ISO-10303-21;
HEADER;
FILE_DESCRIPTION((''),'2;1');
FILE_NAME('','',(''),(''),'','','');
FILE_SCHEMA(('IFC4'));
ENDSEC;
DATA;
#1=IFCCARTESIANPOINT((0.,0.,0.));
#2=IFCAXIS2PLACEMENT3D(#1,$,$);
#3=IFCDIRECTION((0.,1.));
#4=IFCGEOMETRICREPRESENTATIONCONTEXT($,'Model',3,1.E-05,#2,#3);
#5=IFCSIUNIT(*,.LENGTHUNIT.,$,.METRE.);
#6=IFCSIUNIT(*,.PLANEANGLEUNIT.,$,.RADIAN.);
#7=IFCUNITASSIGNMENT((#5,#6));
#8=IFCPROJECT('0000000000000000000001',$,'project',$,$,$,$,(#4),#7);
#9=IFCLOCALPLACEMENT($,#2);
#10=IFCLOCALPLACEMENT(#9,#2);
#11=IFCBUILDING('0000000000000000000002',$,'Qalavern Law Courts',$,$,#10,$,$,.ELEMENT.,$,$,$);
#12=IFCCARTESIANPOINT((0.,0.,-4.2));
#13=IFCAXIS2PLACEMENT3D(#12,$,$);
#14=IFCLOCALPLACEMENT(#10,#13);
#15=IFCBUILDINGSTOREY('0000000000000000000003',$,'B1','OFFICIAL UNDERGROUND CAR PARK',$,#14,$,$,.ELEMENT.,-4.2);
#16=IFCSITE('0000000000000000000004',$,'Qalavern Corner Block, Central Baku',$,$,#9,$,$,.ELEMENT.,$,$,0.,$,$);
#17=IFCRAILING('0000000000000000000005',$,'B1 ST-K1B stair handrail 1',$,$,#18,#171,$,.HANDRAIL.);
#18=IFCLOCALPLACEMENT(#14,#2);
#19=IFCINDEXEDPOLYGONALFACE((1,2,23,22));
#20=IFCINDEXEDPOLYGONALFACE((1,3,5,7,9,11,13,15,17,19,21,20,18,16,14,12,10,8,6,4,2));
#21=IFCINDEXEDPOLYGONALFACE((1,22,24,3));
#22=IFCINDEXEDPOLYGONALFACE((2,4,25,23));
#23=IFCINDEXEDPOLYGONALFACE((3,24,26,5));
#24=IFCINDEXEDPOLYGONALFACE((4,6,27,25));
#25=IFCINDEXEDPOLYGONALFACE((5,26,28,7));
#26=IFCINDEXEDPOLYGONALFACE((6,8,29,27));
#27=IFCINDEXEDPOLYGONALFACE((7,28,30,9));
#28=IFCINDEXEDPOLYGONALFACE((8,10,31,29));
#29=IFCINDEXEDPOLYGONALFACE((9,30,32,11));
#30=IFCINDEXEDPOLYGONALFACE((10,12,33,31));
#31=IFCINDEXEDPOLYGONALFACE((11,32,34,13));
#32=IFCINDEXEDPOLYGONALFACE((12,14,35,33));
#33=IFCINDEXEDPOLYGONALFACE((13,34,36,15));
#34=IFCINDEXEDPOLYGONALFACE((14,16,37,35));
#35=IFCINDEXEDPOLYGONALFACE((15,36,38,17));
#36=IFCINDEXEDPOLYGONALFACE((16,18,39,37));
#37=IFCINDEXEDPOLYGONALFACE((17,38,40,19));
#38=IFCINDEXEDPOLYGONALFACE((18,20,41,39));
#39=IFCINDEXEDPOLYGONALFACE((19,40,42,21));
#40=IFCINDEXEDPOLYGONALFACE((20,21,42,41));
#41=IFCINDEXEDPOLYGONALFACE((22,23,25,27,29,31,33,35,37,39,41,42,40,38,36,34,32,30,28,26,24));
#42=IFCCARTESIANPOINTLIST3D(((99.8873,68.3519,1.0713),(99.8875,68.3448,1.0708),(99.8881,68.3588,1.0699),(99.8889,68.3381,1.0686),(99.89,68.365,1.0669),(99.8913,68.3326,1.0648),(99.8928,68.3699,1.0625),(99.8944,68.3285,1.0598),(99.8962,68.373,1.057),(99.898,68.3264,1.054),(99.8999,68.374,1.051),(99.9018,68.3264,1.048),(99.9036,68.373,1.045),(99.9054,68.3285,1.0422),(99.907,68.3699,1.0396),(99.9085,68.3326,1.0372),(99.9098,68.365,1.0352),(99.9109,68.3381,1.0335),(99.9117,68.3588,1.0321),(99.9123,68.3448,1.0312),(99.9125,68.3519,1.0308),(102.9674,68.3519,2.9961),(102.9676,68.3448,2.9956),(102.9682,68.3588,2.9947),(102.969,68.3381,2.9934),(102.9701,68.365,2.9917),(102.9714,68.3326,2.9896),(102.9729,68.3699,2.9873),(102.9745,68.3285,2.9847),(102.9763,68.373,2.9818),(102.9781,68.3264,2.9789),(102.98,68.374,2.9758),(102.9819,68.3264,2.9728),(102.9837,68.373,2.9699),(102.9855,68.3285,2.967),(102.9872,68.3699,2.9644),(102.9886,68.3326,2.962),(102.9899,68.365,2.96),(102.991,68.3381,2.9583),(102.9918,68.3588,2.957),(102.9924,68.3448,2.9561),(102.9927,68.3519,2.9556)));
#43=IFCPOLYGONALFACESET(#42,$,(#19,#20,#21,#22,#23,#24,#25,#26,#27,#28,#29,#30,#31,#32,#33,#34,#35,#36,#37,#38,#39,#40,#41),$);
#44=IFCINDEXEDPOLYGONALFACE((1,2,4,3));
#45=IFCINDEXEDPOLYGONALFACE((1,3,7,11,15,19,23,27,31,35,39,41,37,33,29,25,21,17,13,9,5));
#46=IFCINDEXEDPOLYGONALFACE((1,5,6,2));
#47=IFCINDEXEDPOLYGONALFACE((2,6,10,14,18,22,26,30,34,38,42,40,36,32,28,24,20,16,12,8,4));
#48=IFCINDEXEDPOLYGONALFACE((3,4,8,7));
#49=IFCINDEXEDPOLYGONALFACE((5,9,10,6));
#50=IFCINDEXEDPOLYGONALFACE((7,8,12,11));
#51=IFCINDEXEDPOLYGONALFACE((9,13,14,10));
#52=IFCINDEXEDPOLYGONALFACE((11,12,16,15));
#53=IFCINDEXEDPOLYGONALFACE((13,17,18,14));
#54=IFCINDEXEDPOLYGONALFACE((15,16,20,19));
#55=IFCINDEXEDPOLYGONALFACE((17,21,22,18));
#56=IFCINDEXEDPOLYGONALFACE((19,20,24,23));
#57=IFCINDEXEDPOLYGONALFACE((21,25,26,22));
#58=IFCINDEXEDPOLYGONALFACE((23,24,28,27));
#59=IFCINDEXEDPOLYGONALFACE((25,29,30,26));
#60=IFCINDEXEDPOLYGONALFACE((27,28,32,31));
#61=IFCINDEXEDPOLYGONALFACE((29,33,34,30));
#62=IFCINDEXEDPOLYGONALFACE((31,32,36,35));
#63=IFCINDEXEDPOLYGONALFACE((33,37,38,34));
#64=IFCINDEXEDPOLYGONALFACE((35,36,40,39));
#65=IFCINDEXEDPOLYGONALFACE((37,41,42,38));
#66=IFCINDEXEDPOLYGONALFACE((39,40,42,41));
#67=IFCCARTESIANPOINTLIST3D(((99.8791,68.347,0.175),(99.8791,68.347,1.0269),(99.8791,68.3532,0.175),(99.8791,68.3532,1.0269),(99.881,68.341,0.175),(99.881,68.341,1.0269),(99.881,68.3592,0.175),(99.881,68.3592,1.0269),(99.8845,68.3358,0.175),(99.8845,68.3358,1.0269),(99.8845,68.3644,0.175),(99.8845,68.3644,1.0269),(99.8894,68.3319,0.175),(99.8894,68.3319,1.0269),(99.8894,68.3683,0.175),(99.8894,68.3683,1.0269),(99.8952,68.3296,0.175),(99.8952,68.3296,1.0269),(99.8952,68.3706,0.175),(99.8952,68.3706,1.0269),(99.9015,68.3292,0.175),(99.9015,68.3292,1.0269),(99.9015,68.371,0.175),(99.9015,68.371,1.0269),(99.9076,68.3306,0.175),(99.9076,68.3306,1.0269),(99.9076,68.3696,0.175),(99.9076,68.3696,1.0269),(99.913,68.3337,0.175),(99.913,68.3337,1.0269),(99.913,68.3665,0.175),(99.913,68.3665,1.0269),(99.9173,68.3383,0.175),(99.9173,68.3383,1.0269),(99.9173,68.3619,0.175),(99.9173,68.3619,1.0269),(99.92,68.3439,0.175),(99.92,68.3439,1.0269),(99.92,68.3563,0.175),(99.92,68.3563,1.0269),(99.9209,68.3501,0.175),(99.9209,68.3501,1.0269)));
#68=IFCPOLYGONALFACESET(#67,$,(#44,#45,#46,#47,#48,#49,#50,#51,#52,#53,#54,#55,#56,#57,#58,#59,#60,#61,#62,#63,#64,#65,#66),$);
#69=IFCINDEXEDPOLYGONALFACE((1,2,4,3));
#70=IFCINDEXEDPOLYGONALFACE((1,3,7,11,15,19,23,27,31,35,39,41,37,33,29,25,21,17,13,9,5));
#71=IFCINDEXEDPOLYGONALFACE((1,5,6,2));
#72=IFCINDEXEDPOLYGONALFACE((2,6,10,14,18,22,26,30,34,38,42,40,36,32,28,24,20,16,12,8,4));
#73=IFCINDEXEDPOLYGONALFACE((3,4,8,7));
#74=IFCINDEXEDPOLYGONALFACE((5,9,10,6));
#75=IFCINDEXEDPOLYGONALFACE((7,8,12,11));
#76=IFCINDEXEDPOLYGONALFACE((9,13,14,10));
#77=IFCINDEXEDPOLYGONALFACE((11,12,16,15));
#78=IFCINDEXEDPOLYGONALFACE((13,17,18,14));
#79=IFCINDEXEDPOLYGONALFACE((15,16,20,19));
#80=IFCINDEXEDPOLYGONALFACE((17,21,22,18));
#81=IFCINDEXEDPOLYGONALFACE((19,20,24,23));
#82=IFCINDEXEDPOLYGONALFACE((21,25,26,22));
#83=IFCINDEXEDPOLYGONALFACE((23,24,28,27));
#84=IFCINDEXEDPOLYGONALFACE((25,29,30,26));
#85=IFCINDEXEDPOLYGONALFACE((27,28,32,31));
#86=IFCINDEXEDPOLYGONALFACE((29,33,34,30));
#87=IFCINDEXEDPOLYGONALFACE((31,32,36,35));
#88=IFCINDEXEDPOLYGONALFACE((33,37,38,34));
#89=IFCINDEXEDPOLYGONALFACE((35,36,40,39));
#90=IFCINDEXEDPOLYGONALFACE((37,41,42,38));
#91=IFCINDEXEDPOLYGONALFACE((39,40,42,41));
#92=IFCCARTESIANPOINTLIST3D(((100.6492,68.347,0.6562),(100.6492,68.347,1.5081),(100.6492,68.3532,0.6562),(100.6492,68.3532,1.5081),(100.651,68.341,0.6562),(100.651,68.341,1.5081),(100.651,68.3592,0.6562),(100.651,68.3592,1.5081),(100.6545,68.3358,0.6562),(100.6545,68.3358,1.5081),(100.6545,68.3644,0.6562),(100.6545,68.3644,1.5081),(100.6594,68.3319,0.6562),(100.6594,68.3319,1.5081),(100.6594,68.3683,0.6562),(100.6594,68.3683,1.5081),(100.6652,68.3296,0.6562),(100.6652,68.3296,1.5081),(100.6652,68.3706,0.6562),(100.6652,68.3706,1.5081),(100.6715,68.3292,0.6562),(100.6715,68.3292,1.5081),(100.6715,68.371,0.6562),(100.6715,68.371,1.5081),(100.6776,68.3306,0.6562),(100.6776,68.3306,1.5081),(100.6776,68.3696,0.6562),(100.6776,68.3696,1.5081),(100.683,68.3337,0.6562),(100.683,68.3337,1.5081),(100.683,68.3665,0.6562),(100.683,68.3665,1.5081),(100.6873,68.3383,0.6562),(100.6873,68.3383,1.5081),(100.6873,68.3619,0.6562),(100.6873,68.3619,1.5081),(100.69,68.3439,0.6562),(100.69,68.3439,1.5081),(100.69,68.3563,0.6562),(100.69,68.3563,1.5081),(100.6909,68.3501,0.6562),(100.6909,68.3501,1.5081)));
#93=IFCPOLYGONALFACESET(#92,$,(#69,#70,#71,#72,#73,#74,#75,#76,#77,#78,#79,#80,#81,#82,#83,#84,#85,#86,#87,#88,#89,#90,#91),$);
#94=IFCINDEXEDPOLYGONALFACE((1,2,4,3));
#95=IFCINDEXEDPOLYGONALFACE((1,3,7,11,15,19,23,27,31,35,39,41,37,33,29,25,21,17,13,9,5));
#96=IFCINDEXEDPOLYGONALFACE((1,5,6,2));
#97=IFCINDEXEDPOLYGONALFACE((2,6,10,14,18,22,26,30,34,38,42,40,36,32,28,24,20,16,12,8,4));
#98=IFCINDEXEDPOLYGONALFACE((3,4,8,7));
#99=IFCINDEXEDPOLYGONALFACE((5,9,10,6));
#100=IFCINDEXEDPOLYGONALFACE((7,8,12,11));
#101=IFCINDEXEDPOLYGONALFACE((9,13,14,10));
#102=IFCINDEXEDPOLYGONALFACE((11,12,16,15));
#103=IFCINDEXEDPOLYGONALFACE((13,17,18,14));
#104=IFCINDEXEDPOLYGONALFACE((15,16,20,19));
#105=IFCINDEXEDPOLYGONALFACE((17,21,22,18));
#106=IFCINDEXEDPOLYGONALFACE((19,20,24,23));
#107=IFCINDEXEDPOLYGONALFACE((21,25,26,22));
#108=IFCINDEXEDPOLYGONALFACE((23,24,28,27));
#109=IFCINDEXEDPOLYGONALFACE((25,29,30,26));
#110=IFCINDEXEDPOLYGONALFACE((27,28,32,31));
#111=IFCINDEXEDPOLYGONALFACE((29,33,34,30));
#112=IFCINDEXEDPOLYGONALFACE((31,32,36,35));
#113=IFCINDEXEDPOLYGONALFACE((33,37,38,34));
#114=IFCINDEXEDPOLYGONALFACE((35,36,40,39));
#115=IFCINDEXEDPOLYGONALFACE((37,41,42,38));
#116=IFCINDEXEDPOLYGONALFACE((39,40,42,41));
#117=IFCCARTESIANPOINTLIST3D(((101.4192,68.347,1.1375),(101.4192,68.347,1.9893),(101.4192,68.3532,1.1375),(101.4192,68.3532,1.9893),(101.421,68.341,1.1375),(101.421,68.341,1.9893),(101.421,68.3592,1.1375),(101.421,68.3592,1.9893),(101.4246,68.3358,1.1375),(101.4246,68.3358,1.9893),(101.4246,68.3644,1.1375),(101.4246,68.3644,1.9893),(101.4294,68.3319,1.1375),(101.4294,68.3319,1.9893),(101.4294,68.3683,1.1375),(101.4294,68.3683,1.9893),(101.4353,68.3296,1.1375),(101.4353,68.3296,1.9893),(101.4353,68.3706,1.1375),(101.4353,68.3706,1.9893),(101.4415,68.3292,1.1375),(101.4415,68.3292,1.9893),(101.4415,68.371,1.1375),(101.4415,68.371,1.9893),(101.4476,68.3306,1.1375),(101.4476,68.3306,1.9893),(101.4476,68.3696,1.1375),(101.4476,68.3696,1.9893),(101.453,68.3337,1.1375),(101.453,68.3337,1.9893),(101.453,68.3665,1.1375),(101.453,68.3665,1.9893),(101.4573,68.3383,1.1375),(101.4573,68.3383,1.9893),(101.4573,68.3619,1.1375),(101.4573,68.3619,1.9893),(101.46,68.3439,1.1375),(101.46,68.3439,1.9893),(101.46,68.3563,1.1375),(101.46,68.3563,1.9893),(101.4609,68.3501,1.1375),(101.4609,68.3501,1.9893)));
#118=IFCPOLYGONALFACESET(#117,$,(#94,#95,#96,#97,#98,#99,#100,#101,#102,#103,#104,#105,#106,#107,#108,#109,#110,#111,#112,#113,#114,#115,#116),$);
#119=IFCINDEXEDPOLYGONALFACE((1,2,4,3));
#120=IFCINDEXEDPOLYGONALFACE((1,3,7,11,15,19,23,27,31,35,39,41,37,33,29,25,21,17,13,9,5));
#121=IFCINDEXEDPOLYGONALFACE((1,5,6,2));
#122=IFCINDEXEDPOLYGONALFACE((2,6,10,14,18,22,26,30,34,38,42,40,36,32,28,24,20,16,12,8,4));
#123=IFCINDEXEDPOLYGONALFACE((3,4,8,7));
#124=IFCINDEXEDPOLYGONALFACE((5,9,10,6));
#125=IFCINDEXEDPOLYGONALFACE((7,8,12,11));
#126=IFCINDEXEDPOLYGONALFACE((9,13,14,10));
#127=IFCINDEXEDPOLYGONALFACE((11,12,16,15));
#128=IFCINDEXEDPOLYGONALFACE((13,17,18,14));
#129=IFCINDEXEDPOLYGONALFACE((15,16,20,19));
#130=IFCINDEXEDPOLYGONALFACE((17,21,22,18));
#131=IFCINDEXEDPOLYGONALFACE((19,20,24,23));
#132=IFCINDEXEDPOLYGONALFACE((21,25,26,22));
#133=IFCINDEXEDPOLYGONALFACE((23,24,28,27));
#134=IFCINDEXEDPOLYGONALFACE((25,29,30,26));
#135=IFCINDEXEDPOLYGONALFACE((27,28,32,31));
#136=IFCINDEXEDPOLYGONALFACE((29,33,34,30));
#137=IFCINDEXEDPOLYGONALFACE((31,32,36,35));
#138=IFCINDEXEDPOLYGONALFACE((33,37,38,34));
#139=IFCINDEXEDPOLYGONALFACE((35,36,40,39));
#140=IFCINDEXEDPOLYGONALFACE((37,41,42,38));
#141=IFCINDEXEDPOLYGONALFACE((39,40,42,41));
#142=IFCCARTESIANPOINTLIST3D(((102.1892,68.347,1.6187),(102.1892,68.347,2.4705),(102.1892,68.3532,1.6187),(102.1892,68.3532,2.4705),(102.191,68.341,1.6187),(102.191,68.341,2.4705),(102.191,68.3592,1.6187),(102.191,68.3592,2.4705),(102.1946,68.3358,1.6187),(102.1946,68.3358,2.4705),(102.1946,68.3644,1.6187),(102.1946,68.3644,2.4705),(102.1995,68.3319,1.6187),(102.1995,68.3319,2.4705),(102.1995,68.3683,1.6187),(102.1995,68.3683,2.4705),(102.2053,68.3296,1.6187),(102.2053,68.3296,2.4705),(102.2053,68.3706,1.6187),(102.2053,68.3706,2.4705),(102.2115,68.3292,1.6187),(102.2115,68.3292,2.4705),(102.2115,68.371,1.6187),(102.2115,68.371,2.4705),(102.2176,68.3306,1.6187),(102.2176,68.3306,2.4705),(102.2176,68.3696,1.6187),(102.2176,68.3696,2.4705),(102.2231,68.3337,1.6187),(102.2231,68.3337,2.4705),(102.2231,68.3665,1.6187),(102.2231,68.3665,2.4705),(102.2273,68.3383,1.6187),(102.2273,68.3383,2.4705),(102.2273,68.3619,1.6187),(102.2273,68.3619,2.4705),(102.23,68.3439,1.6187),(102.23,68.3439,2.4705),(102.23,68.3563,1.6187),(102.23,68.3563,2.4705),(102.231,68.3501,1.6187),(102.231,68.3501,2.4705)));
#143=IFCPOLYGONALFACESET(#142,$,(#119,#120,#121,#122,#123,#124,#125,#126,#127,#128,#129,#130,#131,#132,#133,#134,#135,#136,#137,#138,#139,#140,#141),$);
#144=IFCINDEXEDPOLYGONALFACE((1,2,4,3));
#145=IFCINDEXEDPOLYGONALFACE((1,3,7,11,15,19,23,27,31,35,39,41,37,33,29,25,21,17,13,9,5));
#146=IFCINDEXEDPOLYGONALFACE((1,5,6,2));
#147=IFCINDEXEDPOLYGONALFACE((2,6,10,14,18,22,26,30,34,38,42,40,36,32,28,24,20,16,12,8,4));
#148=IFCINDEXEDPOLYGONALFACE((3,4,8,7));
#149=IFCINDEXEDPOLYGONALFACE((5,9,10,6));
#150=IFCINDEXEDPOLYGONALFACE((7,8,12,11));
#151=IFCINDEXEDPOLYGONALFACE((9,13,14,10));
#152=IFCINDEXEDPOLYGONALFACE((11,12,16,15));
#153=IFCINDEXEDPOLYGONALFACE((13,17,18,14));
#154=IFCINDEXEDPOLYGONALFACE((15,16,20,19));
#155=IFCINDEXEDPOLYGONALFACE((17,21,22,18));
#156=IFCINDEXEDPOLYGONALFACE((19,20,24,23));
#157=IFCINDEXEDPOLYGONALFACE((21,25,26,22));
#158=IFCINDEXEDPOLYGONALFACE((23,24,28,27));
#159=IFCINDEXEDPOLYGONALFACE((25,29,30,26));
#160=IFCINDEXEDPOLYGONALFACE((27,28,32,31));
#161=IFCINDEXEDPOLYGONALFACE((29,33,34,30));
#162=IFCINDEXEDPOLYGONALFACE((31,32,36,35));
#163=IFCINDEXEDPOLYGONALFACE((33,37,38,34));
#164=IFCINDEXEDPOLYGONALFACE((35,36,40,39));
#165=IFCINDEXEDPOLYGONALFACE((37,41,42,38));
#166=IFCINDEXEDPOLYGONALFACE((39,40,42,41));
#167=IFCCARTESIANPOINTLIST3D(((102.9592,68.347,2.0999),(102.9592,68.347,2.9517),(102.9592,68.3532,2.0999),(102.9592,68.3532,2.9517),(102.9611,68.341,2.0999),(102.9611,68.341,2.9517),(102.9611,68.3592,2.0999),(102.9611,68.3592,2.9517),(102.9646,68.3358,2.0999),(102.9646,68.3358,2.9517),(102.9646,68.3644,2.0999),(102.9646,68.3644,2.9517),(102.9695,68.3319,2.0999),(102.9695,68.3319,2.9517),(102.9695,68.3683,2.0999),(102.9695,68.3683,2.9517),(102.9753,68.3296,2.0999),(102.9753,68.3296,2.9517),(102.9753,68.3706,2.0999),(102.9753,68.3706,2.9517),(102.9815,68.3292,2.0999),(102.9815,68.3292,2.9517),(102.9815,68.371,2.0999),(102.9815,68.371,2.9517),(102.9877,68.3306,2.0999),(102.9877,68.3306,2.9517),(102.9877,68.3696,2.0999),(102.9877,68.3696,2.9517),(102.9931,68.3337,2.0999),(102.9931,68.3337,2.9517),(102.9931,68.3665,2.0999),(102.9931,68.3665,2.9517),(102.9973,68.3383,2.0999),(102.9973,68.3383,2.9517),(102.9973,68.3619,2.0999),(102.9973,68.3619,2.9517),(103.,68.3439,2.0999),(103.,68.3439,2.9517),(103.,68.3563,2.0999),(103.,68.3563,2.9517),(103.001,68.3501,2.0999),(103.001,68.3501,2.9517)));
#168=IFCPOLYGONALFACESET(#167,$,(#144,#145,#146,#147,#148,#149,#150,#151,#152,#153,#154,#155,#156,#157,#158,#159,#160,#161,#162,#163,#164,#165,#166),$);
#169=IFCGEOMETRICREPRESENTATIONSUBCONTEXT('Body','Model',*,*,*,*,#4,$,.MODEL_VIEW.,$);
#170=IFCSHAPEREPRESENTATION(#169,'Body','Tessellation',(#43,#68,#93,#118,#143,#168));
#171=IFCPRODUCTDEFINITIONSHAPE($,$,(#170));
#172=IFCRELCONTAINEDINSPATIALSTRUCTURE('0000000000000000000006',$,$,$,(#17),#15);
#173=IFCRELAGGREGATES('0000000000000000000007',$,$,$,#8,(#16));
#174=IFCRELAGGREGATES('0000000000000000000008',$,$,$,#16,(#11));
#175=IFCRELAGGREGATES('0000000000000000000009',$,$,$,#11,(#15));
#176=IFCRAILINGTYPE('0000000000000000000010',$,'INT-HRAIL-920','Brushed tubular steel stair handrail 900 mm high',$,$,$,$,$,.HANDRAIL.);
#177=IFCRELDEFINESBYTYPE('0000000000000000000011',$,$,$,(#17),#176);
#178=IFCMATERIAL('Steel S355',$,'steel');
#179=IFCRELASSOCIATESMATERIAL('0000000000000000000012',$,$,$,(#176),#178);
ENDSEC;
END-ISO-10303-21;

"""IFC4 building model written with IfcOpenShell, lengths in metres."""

from ifc_helpers import new_model, si_unit, direction, frame, origin, origin_2d, place, context, subcontext, project, spatial, circle, extrude, material, type_object, element, save


model = new_model("IFC4")

# Units and contexts
model_context = context("Model", 3, precision=1e-05, world=origin(), true_north=direction((0.0, 1.0)))
body_context = subcontext(model_context, "Body", "Model", "MODEL_VIEW")
ifc_project = project(units=[si_unit("LENGTHUNIT", "METRE"), si_unit("PLANEANGLEUNIT", "RADIAN")], contexts=[model_context])

# Site, building, storey
site_placement = place(None, origin())
site = spatial("IfcSite", under=ifc_project, at=site_placement, Name="Qalavern Corner Block, Central Baku", CompositionType="ELEMENT", RefElevation=0.0)
building_placement = place(site_placement, origin())
building = spatial("IfcBuilding", under=site, at=building_placement, Name="Qalavern Law Courts", CompositionType="ELEMENT")
storey_placement = place(building_placement, frame((0.0, 0.0, -4.2)))
storey = spatial("IfcBuildingStorey", under=building, at=storey_placement, Name="B1", Description="OFFICIAL UNDERGROUND CAR PARK", CompositionType="ELEMENT", Elevation=-4.2)

# Shared definitions
ifc_material_1 = material(Name="Steel S355", Category="steel")

# Railing
railing_type_1 = type_object("IfcRailingType", Name="INT-HRAIL-920", Description="Brushed tubular steel stair handrail 900 mm high", PredefinedType="HANDRAIL", material=ifc_material_1)
railing_1_placement = place(storey_placement, frame((99.8999, 68.3501, 0.175)))
element("IfcRailing", 1, at=railing_1_placement, inside=storey, type_object=railing_type_1, Name="B1 ST-K1B stair handrail 1", PredefinedType="HANDRAIL", context=body_context, shape_type="SweptSolid", body=[
    extrude(circle(Radius=0.0239, at=origin_2d()), frame((0.0, 0.0, 0.876), z_axis=(0.848029, 0.0, 0.529951), x_axis=(0.0, 1.0, 0.0)), (0.0, 0.0, 1.0), 3.6321),
    extrude(circle(Radius=0.021, at=origin_2d()), origin(), (0.0, 0.0, 1.0), 0.8518),
    extrude(circle(Radius=0.021, at=origin_2d()), frame((0.77, 0.0, 0.4812)), (0.0, 0.0, 1.0), 0.8518),
    extrude(circle(Radius=0.021, at=origin_2d()), frame((1.54, 0.0, 0.9624)), (0.0, 0.0, 1.0), 0.8518),
    extrude(circle(Radius=0.021, at=origin_2d()), frame((2.3101, 0.0, 1.4436)), (0.0, 0.0, 1.0), 0.8518),
    extrude(circle(Radius=0.021, at=origin_2d()), frame((3.0801, 0.0, 1.9248)), (0.0, 0.0, 1.0), 0.8518),
])

save(model, "model.ifc")
